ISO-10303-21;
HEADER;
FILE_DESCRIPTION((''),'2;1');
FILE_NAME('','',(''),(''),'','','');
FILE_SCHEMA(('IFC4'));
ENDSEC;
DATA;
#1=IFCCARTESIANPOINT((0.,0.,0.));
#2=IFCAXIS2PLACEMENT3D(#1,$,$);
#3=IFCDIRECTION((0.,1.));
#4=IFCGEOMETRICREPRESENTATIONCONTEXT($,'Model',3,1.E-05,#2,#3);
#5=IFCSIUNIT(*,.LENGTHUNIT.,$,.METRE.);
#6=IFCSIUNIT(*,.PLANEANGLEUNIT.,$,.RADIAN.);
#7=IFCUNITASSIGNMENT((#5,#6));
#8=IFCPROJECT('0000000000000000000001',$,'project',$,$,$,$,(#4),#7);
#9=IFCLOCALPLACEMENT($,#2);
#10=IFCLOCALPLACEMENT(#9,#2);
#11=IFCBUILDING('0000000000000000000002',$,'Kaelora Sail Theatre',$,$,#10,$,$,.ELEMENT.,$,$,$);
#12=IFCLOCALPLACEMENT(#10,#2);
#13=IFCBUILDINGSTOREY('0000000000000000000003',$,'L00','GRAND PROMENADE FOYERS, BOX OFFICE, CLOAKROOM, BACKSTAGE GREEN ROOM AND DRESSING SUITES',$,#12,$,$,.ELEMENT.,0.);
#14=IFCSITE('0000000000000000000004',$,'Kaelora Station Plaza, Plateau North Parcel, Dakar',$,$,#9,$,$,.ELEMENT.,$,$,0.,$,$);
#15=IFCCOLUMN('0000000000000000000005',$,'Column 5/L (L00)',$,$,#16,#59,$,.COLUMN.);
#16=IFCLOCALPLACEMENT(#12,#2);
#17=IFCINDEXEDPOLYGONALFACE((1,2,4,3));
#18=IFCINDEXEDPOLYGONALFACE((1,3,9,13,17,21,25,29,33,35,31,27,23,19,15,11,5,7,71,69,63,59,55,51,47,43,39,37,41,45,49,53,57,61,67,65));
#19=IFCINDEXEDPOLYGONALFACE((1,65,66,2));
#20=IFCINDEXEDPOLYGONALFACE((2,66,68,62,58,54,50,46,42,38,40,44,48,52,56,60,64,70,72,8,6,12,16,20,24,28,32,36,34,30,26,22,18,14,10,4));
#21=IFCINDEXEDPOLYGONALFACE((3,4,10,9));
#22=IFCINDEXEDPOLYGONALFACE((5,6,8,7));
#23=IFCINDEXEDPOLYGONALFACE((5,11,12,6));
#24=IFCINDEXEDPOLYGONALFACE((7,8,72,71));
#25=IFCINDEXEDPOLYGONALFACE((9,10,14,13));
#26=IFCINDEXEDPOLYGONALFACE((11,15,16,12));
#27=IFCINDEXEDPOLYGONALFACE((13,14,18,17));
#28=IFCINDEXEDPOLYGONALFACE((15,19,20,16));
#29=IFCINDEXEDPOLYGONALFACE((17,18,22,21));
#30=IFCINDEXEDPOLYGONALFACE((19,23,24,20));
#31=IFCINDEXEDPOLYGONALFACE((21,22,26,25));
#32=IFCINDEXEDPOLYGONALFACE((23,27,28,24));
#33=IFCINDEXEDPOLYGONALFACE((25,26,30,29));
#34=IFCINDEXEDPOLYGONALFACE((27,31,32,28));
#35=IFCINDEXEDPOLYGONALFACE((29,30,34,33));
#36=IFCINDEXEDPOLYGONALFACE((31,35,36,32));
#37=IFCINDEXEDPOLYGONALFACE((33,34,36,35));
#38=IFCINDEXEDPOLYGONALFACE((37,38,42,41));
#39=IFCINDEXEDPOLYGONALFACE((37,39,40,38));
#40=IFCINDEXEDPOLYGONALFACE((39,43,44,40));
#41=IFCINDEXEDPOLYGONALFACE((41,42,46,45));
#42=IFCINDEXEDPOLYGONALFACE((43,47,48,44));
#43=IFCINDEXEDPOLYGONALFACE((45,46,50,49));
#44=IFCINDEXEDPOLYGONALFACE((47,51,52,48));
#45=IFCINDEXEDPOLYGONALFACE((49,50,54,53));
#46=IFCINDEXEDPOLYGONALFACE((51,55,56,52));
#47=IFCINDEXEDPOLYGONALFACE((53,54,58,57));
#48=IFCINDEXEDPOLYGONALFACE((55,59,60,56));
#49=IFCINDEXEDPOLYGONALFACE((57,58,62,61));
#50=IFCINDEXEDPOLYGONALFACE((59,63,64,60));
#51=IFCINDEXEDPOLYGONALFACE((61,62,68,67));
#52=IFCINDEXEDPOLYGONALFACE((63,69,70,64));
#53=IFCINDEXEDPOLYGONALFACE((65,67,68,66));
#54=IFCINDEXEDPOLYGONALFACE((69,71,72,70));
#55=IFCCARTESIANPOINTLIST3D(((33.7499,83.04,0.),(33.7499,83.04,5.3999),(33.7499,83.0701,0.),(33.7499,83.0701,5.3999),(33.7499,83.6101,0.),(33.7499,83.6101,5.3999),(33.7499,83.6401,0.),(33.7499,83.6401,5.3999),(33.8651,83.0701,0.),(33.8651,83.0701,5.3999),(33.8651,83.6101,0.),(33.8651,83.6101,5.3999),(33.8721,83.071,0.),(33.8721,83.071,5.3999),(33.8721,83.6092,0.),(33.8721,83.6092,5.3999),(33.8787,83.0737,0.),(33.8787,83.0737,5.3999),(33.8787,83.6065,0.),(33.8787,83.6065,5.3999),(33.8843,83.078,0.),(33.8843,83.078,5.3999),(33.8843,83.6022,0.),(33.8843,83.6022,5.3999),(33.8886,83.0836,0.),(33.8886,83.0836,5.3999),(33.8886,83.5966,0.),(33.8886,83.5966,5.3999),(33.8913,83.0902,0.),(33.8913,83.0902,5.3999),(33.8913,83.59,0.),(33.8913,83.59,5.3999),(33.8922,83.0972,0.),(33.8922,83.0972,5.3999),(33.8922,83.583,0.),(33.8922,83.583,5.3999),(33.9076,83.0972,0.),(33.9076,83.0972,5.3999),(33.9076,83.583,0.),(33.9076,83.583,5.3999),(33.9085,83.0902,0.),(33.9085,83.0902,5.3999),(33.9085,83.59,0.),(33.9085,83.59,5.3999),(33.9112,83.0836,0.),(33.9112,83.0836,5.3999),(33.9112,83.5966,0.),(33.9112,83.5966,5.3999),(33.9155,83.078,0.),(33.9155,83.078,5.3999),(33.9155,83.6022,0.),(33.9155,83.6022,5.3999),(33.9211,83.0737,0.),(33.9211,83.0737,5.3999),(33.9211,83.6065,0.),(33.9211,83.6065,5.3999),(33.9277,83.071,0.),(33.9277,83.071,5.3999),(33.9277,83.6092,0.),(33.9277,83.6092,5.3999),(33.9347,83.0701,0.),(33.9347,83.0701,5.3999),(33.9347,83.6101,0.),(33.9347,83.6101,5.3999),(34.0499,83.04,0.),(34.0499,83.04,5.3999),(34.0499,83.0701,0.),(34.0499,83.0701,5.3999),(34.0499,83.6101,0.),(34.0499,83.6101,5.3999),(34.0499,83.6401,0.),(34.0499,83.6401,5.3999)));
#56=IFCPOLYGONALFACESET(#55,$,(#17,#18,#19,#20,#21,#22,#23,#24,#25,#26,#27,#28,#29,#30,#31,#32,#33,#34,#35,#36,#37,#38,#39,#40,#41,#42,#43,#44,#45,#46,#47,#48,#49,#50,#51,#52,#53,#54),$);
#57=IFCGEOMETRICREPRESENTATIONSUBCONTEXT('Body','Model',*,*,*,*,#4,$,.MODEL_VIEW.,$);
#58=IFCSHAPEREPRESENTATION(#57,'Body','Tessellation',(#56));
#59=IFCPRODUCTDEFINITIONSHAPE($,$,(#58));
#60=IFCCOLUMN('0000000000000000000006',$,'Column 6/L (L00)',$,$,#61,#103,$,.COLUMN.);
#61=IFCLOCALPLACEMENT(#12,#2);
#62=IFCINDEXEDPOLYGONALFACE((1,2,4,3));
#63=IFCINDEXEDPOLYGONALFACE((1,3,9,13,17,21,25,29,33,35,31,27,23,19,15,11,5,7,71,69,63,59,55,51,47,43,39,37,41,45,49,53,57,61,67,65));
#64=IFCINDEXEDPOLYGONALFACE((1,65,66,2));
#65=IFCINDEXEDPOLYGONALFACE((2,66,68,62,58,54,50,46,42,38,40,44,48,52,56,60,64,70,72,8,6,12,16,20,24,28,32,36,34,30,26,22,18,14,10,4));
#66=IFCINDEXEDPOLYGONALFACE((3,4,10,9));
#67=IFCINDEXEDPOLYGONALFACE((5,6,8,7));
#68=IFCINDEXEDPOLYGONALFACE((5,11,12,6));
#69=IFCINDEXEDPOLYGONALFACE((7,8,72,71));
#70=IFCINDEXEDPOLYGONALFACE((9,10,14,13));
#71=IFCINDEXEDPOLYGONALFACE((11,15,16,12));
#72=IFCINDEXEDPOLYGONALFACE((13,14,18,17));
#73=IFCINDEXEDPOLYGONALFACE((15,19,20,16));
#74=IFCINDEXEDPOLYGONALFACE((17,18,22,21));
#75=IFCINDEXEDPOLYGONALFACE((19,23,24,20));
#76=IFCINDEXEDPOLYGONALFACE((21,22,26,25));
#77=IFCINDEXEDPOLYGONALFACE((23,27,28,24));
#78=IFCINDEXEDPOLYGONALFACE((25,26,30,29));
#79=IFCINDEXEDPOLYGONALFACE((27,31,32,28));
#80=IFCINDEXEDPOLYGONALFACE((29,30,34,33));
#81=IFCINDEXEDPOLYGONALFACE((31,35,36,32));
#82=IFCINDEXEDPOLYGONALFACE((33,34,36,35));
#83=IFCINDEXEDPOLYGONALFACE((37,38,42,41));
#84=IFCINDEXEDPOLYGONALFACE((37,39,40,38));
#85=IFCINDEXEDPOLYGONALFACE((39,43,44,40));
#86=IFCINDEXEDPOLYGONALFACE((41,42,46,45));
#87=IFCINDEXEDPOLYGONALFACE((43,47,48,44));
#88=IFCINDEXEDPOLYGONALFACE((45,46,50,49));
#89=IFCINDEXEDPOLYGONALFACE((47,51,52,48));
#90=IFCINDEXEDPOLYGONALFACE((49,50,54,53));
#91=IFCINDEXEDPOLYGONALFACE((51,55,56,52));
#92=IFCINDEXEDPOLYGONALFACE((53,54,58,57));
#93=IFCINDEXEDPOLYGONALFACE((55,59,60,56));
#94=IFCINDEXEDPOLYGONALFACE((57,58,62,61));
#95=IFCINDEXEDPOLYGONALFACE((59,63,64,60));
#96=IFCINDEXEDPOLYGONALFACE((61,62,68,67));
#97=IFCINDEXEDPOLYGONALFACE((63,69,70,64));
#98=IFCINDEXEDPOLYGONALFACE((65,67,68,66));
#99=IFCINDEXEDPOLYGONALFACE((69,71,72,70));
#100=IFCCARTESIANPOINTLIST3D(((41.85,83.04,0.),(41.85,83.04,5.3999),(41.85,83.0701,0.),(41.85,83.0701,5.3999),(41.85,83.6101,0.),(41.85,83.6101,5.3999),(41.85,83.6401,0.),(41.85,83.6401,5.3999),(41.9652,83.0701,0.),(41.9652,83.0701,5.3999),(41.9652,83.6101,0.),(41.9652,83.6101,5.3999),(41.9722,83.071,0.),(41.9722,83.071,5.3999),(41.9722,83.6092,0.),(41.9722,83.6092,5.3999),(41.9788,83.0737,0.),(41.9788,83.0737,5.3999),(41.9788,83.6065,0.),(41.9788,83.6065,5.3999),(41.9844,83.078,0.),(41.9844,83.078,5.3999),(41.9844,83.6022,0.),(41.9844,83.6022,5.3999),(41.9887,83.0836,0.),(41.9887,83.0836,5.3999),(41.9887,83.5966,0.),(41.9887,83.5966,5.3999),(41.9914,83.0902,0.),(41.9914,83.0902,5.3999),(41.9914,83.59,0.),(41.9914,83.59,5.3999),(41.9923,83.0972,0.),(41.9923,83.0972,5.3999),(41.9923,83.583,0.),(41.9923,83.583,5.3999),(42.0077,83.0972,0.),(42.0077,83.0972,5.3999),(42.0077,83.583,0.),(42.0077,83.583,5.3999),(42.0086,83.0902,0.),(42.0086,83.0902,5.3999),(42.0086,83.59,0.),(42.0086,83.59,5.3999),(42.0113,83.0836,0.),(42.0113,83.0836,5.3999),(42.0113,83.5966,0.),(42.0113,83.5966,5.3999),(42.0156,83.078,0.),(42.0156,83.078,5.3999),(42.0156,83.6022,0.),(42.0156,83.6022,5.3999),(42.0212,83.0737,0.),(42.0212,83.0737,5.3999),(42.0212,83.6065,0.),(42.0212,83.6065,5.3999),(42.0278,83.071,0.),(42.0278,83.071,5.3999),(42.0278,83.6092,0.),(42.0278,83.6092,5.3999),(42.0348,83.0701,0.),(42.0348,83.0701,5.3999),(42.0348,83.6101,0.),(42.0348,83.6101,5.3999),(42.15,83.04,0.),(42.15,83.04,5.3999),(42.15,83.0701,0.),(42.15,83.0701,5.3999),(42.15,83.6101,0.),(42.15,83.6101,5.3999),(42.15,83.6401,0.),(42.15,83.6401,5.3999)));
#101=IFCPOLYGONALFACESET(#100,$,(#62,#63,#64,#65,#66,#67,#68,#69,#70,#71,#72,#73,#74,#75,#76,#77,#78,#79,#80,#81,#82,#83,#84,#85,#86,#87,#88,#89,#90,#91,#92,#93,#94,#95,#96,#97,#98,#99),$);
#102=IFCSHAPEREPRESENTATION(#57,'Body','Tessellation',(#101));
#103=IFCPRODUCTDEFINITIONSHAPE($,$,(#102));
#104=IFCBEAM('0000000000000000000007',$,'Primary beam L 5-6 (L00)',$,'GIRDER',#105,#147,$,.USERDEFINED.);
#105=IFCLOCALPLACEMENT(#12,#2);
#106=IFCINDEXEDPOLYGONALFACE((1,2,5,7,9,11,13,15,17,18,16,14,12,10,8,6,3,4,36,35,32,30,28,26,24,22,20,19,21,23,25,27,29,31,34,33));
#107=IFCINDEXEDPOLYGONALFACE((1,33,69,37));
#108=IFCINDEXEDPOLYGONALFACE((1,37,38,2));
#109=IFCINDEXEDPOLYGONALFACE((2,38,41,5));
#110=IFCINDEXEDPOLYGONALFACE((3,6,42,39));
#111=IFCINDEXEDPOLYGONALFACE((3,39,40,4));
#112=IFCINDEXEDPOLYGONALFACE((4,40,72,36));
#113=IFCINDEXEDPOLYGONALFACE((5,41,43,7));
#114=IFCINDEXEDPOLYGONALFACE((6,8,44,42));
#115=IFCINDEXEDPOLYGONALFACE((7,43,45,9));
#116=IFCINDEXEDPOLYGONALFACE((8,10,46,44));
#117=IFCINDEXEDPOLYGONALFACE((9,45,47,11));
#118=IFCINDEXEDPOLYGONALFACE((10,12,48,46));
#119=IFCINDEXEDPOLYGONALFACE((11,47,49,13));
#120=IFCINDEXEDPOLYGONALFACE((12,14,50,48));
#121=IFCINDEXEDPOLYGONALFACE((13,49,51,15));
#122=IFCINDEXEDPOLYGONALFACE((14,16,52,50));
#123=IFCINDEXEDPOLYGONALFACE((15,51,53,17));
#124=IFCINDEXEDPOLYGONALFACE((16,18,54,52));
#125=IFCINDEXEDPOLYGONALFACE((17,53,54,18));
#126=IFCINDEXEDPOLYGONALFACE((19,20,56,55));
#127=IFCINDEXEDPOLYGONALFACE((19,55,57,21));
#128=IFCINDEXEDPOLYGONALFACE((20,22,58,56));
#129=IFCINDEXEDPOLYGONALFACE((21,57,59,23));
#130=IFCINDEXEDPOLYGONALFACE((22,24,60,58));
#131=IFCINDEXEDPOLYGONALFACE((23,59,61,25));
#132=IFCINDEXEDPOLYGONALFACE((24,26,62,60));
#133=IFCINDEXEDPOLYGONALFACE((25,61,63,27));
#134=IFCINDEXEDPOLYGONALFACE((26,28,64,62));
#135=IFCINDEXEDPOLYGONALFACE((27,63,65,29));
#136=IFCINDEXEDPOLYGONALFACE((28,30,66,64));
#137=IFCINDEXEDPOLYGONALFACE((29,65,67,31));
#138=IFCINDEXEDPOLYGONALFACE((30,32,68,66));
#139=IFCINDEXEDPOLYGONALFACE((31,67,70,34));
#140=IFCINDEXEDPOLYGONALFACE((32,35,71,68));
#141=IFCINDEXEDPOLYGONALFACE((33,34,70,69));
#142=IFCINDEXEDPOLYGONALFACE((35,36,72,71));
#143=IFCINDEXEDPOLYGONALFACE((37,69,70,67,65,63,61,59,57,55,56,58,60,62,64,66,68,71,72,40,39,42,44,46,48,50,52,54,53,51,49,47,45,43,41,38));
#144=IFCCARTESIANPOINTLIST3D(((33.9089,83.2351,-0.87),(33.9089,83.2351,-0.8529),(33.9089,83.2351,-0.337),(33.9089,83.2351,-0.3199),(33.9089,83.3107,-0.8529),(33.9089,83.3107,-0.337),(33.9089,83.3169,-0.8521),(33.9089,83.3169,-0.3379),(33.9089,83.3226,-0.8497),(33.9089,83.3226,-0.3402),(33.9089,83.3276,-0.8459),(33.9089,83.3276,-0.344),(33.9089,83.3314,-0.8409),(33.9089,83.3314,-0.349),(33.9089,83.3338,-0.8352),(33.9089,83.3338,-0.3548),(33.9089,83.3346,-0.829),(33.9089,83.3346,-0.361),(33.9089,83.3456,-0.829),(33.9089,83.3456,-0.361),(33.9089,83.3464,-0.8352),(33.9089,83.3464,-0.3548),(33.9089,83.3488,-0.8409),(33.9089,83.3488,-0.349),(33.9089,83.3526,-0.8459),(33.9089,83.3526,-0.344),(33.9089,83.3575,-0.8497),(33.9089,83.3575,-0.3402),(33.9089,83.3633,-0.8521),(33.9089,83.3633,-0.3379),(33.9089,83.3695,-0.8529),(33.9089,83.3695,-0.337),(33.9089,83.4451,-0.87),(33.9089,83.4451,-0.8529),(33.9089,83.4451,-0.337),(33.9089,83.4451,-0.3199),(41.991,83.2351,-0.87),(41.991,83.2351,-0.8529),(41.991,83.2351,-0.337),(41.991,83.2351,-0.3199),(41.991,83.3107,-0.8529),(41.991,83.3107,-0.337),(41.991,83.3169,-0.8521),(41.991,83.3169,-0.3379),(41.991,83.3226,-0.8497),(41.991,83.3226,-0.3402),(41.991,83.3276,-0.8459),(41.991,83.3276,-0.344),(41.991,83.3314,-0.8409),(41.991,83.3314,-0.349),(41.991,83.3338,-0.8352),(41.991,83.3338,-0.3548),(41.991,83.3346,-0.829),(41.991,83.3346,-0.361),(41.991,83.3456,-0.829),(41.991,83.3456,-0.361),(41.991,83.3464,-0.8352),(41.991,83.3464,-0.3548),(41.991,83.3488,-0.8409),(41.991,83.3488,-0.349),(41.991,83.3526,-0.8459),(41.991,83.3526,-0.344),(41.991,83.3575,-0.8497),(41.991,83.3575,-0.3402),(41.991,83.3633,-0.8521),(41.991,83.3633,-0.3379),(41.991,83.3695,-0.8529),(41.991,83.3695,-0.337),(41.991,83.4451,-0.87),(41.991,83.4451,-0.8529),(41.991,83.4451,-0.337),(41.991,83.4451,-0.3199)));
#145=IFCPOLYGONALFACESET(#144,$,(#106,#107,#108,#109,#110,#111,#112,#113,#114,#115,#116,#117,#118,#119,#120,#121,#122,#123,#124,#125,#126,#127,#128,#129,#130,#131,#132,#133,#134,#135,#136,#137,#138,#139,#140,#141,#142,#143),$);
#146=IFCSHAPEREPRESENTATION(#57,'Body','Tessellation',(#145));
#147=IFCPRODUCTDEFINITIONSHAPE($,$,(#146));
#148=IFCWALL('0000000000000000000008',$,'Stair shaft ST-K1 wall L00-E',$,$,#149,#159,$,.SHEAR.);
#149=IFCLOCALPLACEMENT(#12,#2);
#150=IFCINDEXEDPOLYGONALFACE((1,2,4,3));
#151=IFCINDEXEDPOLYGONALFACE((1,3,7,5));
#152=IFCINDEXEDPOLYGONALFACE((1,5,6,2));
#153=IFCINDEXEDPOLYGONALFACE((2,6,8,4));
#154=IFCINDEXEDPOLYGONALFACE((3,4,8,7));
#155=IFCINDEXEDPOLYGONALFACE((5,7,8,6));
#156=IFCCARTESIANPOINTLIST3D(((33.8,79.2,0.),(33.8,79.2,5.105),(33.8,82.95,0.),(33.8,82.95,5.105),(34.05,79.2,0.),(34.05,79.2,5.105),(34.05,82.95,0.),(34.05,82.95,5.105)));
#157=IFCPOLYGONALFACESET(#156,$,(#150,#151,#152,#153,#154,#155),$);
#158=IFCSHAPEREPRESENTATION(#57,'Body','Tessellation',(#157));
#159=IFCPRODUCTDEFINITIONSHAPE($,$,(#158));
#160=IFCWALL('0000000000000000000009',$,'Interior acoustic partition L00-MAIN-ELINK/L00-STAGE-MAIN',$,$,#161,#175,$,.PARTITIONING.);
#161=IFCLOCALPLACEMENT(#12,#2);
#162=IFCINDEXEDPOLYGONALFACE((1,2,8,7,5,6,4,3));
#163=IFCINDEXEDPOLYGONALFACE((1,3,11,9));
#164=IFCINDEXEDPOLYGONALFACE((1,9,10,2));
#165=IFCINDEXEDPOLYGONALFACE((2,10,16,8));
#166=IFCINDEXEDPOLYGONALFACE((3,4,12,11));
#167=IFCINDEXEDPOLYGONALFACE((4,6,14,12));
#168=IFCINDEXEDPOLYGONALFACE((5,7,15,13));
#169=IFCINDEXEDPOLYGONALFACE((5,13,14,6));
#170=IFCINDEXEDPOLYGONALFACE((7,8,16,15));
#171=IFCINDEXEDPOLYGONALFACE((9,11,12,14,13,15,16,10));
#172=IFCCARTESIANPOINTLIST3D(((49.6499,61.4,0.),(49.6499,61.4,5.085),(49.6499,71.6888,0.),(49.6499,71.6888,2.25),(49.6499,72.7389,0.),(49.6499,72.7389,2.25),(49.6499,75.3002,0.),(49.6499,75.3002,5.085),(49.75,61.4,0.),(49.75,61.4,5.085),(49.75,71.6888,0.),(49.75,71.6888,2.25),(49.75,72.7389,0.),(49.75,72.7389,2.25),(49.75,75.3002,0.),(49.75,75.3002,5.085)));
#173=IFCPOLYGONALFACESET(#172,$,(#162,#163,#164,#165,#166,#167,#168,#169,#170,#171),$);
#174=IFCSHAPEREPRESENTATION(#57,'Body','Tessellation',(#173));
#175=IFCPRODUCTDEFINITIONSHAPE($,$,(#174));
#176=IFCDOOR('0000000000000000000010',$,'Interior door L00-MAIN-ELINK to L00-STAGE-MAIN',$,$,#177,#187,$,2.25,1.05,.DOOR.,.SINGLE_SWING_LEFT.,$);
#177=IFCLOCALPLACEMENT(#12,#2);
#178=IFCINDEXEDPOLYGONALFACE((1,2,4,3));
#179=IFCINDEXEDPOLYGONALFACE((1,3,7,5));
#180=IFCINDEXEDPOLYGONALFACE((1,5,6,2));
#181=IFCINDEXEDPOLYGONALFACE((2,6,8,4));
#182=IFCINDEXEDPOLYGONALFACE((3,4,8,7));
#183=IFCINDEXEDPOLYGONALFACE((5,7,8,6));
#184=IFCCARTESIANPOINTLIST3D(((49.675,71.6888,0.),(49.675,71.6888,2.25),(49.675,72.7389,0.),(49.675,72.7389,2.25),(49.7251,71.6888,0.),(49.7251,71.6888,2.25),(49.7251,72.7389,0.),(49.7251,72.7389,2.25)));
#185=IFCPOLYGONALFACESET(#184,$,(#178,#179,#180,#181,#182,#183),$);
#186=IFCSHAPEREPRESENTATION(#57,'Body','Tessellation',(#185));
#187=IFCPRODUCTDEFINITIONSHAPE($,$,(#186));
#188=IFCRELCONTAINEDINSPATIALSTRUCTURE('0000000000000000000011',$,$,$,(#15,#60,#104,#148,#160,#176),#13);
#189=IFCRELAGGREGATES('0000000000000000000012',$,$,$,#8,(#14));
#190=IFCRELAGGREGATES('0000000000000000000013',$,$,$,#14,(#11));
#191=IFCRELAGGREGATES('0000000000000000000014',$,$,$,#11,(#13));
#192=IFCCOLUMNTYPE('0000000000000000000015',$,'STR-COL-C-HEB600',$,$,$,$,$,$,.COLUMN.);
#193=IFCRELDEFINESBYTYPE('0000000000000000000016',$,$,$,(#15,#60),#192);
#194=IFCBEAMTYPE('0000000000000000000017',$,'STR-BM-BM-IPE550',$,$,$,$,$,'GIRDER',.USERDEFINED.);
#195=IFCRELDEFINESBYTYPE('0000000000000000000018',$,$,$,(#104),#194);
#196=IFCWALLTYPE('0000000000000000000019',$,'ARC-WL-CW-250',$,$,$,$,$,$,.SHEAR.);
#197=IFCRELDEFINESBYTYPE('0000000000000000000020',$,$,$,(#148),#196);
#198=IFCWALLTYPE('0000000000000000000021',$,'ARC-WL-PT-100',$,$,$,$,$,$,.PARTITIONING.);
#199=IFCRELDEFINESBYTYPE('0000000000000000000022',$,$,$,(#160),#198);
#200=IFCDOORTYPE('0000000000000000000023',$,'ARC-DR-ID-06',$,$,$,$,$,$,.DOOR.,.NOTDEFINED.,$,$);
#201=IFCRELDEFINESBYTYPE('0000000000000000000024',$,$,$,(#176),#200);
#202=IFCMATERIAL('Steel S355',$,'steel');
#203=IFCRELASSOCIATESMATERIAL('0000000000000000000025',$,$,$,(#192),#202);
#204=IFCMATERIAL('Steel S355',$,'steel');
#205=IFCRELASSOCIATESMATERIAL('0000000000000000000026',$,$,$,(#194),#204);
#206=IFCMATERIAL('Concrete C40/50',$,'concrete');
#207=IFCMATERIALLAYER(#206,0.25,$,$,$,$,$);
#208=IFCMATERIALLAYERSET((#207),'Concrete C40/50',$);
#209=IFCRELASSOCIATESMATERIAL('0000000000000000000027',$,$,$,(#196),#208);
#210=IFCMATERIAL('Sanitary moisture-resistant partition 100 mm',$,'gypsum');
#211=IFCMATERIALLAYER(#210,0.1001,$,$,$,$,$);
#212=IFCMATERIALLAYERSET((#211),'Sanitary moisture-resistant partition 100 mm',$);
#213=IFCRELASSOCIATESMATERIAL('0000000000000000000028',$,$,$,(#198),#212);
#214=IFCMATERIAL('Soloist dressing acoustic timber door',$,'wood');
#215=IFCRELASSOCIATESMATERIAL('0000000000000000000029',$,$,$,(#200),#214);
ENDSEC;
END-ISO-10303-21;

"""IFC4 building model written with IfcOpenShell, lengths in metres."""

from ifc_helpers import new_model, si_unit, direction, frame, frame_2d, origin, origin_2d, place, context, subcontext, project, spatial, rectangle, i_section, extrude, material, layer, layer_set, material_profile, profile_set, type_object, element, fill, save


model = new_model("IFC4")

# Units and contexts
model_context = context("Model", 3, precision=1e-05, world=origin(), true_north=direction((0.0, 1.0)))
body_context = subcontext(model_context, "Body", "Model", "MODEL_VIEW")
ifc_project = project(units=[si_unit("LENGTHUNIT", "METRE"), si_unit("PLANEANGLEUNIT", "RADIAN")], contexts=[model_context])

# Site, building, storey
site_placement = place(None, origin())
site = spatial("IfcSite", under=ifc_project, at=site_placement, Name="Kaelora Station Plaza, Plateau North Parcel, Dakar", CompositionType="ELEMENT", RefElevation=0.0)
building_placement = place(site_placement, origin())
building = spatial("IfcBuilding", under=site, at=building_placement, Name="Kaelora Sail Theatre", CompositionType="ELEMENT")
storey_placement = place(building_placement, origin())
storey = spatial("IfcBuildingStorey", under=building, at=storey_placement, Name="L00", Description="GRAND PROMENADE FOYERS, BOX OFFICE, CLOAKROOM, BACKSTAGE GREEN ROOM AND DRESSING SUITES", CompositionType="ELEMENT", Elevation=0.0)

# Columns
ifc_material_1 = material(Name="Steel S355", Category="steel")
ifc_material_profile_1 = material_profile(ifc_material_1, i_section(OverallWidth=0.3, OverallDepth=0.6001, WebThickness=0.0154, FlangeThickness=0.03, FilletRadius=0.0271, at=origin_2d()), Name="HEB 600")
ifc_profile_set_1 = profile_set([ifc_material_profile_1], Name="Steel S355")
column_type = type_object("IfcColumnType", Name="STR-COL-C-HEB600", PredefinedType="COLUMN", material=ifc_profile_set_1)
for number, where, z_axis, x_axis, name in (
    (1, (33.8999, 83.3401, 0.0), (0.0, 0.0, 1.0), (1.0, 0.0, 0.0), "Column 5/L (L00)"),
    (2, (42.0, 83.3401, 0.0), (0.0, 0.0, 1.0), (1.0, 0.0, 0.0), "Column 6/L (L00)"),
):
    element("IfcColumn", number, at=place(storey_placement, frame(where, z_axis=z_axis, x_axis=x_axis)), inside=storey, type_object=column_type, Name=name, PredefinedType="COLUMN", context=body_context, shape_type="SweptSolid", body=[
        extrude(i_section(OverallWidth=0.3, OverallDepth=0.6001, WebThickness=0.0154, FlangeThickness=0.03, FilletRadius=0.0271, at=origin_2d()), origin(), (0.0, 0.0, 1.0), 5.3999),
    ])

# Beam
ifc_material_2 = material(Name="Steel S355", Category="steel")
ifc_material_profile_2 = material_profile(ifc_material_2, i_section(OverallWidth=0.21, OverallDepth=0.55, WebThickness=0.011, FlangeThickness=0.0171, FilletRadius=0.0239, at=origin_2d()), Name="IPE 550")
ifc_profile_set_2 = profile_set([ifc_material_profile_2], Name="Steel S355")
beam_type = type_object("IfcBeamType", Name="STR-BM-BM-IPE550", ElementType="GIRDER", PredefinedType="USERDEFINED", material=ifc_profile_set_2)
beam_placement = place(storey_placement, frame((33.9089, 83.3401, -0.595), z_axis=(1.0, 0.0, 0.0), x_axis=(0.0, 1.0, 0.0)))
element("IfcBeam", 3, at=beam_placement, inside=storey, type_object=beam_type, Name="Primary beam L 5-6 (L00)", ObjectType="GIRDER", PredefinedType="USERDEFINED", context=body_context, shape_type="SweptSolid", body=[
    extrude(i_section(OverallWidth=0.21, OverallDepth=0.55, WebThickness=0.011, FlangeThickness=0.0171, FilletRadius=0.0239, at=origin_2d()), origin(), (0.0, 0.0, 1.0), 8.082),
])

# Wall
ifc_material_3 = material(Name="Concrete C40/50", Category="concrete")
ifc_layer_1 = layer(ifc_material_3, 0.25)
ifc_layer_set_1 = layer_set([ifc_layer_1], Name="Concrete C40/50")
wall_type_1 = type_object("IfcWallType", Name="ARC-WL-CW-250", PredefinedType="SHEAR", material=ifc_layer_set_1)
wall_1_placement = place(storey_placement, frame((33.925, 79.2, 0.0), z_axis=(0.0, 0.0, 1.0), x_axis=(0.0, 1.0, 0.0)))
element("IfcWall", 4, at=wall_1_placement, inside=storey, type_object=wall_type_1, Name="Stair shaft ST-K1 wall L00-E", PredefinedType="SHEAR", context=body_context, shape_type="SweptSolid", body=[
    extrude(rectangle(XDim=3.75, YDim=0.25, at=frame_2d((1.875, 0.0))), origin(), (0.0, 0.0, 1.0), 5.105),
])

# Wall, opening, door
ifc_material_4 = material(Name="Sanitary moisture-resistant partition 100 mm", Category="gypsum")
ifc_layer_2 = layer(ifc_material_4, 0.1001)
ifc_layer_set_2 = layer_set([ifc_layer_2], Name="Sanitary moisture-resistant partition 100 mm")
wall_type_2 = type_object("IfcWallType", Name="ARC-WL-PT-100", PredefinedType="PARTITIONING", material=ifc_layer_set_2)
wall_2_placement = place(storey_placement, frame((49.7, 61.3999, 0.0), z_axis=(0.0, 0.0, 1.0), x_axis=(0.0, 1.0, 0.0)))
wall_2 = element("IfcWall", 5, at=wall_2_placement, inside=storey, type_object=wall_type_2, Name="Interior acoustic partition L00-MAIN-ELINK/L00-STAGE-MAIN", PredefinedType="PARTITIONING", context=body_context, shape_type="SweptSolid", body=[
    extrude(rectangle(XDim=13.9001, YDim=0.1001, at=frame_2d((6.9502, 0.0))), origin(), (0.0, 0.0, 1.0), 5.085),
])
opening_1_placement = place(wall_2_placement, frame((10.2891, 0.0, 0.0)))
opening_1 = element("IfcOpeningElement", 6, at=opening_1_placement, cuts=wall_2, PredefinedType="OPENING", context=body_context, shape_type="SweptSolid", body=[
    extrude(rectangle(XDim=1.05, YDim=2.25, at=frame_2d((0.5249, 1.125))), frame((0.0, 0.06, 0.0), z_axis=(0.0, -1.0, 0.0), x_axis=(1.0, 0.0, 0.0)), (0.0, 0.0, 1.0), 0.1201),
])
ifc_material_5 = material(Name="Soloist dressing acoustic timber door", Category="wood")
door_type_1 = type_object("IfcDoorType", Name="ARC-DR-ID-06", OperationType="NOTDEFINED", PredefinedType="DOOR", material=ifc_material_5)
door_1_placement = place(opening_1_placement, origin())
door_1 = element("IfcDoor", 7, at=door_1_placement, inside=storey, type_object=door_type_1, Name="Interior door L00-MAIN-ELINK to L00-STAGE-MAIN", OperationType="SINGLE_SWING_LEFT", OverallHeight=2.25, OverallWidth=1.05, PredefinedType="DOOR", context=body_context, shape_type="SweptSolid", body=[
    extrude(rectangle(XDim=1.05, YDim=2.25, at=frame_2d((0.5249, 1.125))), frame((0.0, 0.0249, 0.0), z_axis=(0.0, -1.0, 0.0), x_axis=(1.0, 0.0, 0.0)), (0.0, 0.0, 1.0), 0.05),
])
fill(opening_1, door_1)

save(model, "model.ifc")
